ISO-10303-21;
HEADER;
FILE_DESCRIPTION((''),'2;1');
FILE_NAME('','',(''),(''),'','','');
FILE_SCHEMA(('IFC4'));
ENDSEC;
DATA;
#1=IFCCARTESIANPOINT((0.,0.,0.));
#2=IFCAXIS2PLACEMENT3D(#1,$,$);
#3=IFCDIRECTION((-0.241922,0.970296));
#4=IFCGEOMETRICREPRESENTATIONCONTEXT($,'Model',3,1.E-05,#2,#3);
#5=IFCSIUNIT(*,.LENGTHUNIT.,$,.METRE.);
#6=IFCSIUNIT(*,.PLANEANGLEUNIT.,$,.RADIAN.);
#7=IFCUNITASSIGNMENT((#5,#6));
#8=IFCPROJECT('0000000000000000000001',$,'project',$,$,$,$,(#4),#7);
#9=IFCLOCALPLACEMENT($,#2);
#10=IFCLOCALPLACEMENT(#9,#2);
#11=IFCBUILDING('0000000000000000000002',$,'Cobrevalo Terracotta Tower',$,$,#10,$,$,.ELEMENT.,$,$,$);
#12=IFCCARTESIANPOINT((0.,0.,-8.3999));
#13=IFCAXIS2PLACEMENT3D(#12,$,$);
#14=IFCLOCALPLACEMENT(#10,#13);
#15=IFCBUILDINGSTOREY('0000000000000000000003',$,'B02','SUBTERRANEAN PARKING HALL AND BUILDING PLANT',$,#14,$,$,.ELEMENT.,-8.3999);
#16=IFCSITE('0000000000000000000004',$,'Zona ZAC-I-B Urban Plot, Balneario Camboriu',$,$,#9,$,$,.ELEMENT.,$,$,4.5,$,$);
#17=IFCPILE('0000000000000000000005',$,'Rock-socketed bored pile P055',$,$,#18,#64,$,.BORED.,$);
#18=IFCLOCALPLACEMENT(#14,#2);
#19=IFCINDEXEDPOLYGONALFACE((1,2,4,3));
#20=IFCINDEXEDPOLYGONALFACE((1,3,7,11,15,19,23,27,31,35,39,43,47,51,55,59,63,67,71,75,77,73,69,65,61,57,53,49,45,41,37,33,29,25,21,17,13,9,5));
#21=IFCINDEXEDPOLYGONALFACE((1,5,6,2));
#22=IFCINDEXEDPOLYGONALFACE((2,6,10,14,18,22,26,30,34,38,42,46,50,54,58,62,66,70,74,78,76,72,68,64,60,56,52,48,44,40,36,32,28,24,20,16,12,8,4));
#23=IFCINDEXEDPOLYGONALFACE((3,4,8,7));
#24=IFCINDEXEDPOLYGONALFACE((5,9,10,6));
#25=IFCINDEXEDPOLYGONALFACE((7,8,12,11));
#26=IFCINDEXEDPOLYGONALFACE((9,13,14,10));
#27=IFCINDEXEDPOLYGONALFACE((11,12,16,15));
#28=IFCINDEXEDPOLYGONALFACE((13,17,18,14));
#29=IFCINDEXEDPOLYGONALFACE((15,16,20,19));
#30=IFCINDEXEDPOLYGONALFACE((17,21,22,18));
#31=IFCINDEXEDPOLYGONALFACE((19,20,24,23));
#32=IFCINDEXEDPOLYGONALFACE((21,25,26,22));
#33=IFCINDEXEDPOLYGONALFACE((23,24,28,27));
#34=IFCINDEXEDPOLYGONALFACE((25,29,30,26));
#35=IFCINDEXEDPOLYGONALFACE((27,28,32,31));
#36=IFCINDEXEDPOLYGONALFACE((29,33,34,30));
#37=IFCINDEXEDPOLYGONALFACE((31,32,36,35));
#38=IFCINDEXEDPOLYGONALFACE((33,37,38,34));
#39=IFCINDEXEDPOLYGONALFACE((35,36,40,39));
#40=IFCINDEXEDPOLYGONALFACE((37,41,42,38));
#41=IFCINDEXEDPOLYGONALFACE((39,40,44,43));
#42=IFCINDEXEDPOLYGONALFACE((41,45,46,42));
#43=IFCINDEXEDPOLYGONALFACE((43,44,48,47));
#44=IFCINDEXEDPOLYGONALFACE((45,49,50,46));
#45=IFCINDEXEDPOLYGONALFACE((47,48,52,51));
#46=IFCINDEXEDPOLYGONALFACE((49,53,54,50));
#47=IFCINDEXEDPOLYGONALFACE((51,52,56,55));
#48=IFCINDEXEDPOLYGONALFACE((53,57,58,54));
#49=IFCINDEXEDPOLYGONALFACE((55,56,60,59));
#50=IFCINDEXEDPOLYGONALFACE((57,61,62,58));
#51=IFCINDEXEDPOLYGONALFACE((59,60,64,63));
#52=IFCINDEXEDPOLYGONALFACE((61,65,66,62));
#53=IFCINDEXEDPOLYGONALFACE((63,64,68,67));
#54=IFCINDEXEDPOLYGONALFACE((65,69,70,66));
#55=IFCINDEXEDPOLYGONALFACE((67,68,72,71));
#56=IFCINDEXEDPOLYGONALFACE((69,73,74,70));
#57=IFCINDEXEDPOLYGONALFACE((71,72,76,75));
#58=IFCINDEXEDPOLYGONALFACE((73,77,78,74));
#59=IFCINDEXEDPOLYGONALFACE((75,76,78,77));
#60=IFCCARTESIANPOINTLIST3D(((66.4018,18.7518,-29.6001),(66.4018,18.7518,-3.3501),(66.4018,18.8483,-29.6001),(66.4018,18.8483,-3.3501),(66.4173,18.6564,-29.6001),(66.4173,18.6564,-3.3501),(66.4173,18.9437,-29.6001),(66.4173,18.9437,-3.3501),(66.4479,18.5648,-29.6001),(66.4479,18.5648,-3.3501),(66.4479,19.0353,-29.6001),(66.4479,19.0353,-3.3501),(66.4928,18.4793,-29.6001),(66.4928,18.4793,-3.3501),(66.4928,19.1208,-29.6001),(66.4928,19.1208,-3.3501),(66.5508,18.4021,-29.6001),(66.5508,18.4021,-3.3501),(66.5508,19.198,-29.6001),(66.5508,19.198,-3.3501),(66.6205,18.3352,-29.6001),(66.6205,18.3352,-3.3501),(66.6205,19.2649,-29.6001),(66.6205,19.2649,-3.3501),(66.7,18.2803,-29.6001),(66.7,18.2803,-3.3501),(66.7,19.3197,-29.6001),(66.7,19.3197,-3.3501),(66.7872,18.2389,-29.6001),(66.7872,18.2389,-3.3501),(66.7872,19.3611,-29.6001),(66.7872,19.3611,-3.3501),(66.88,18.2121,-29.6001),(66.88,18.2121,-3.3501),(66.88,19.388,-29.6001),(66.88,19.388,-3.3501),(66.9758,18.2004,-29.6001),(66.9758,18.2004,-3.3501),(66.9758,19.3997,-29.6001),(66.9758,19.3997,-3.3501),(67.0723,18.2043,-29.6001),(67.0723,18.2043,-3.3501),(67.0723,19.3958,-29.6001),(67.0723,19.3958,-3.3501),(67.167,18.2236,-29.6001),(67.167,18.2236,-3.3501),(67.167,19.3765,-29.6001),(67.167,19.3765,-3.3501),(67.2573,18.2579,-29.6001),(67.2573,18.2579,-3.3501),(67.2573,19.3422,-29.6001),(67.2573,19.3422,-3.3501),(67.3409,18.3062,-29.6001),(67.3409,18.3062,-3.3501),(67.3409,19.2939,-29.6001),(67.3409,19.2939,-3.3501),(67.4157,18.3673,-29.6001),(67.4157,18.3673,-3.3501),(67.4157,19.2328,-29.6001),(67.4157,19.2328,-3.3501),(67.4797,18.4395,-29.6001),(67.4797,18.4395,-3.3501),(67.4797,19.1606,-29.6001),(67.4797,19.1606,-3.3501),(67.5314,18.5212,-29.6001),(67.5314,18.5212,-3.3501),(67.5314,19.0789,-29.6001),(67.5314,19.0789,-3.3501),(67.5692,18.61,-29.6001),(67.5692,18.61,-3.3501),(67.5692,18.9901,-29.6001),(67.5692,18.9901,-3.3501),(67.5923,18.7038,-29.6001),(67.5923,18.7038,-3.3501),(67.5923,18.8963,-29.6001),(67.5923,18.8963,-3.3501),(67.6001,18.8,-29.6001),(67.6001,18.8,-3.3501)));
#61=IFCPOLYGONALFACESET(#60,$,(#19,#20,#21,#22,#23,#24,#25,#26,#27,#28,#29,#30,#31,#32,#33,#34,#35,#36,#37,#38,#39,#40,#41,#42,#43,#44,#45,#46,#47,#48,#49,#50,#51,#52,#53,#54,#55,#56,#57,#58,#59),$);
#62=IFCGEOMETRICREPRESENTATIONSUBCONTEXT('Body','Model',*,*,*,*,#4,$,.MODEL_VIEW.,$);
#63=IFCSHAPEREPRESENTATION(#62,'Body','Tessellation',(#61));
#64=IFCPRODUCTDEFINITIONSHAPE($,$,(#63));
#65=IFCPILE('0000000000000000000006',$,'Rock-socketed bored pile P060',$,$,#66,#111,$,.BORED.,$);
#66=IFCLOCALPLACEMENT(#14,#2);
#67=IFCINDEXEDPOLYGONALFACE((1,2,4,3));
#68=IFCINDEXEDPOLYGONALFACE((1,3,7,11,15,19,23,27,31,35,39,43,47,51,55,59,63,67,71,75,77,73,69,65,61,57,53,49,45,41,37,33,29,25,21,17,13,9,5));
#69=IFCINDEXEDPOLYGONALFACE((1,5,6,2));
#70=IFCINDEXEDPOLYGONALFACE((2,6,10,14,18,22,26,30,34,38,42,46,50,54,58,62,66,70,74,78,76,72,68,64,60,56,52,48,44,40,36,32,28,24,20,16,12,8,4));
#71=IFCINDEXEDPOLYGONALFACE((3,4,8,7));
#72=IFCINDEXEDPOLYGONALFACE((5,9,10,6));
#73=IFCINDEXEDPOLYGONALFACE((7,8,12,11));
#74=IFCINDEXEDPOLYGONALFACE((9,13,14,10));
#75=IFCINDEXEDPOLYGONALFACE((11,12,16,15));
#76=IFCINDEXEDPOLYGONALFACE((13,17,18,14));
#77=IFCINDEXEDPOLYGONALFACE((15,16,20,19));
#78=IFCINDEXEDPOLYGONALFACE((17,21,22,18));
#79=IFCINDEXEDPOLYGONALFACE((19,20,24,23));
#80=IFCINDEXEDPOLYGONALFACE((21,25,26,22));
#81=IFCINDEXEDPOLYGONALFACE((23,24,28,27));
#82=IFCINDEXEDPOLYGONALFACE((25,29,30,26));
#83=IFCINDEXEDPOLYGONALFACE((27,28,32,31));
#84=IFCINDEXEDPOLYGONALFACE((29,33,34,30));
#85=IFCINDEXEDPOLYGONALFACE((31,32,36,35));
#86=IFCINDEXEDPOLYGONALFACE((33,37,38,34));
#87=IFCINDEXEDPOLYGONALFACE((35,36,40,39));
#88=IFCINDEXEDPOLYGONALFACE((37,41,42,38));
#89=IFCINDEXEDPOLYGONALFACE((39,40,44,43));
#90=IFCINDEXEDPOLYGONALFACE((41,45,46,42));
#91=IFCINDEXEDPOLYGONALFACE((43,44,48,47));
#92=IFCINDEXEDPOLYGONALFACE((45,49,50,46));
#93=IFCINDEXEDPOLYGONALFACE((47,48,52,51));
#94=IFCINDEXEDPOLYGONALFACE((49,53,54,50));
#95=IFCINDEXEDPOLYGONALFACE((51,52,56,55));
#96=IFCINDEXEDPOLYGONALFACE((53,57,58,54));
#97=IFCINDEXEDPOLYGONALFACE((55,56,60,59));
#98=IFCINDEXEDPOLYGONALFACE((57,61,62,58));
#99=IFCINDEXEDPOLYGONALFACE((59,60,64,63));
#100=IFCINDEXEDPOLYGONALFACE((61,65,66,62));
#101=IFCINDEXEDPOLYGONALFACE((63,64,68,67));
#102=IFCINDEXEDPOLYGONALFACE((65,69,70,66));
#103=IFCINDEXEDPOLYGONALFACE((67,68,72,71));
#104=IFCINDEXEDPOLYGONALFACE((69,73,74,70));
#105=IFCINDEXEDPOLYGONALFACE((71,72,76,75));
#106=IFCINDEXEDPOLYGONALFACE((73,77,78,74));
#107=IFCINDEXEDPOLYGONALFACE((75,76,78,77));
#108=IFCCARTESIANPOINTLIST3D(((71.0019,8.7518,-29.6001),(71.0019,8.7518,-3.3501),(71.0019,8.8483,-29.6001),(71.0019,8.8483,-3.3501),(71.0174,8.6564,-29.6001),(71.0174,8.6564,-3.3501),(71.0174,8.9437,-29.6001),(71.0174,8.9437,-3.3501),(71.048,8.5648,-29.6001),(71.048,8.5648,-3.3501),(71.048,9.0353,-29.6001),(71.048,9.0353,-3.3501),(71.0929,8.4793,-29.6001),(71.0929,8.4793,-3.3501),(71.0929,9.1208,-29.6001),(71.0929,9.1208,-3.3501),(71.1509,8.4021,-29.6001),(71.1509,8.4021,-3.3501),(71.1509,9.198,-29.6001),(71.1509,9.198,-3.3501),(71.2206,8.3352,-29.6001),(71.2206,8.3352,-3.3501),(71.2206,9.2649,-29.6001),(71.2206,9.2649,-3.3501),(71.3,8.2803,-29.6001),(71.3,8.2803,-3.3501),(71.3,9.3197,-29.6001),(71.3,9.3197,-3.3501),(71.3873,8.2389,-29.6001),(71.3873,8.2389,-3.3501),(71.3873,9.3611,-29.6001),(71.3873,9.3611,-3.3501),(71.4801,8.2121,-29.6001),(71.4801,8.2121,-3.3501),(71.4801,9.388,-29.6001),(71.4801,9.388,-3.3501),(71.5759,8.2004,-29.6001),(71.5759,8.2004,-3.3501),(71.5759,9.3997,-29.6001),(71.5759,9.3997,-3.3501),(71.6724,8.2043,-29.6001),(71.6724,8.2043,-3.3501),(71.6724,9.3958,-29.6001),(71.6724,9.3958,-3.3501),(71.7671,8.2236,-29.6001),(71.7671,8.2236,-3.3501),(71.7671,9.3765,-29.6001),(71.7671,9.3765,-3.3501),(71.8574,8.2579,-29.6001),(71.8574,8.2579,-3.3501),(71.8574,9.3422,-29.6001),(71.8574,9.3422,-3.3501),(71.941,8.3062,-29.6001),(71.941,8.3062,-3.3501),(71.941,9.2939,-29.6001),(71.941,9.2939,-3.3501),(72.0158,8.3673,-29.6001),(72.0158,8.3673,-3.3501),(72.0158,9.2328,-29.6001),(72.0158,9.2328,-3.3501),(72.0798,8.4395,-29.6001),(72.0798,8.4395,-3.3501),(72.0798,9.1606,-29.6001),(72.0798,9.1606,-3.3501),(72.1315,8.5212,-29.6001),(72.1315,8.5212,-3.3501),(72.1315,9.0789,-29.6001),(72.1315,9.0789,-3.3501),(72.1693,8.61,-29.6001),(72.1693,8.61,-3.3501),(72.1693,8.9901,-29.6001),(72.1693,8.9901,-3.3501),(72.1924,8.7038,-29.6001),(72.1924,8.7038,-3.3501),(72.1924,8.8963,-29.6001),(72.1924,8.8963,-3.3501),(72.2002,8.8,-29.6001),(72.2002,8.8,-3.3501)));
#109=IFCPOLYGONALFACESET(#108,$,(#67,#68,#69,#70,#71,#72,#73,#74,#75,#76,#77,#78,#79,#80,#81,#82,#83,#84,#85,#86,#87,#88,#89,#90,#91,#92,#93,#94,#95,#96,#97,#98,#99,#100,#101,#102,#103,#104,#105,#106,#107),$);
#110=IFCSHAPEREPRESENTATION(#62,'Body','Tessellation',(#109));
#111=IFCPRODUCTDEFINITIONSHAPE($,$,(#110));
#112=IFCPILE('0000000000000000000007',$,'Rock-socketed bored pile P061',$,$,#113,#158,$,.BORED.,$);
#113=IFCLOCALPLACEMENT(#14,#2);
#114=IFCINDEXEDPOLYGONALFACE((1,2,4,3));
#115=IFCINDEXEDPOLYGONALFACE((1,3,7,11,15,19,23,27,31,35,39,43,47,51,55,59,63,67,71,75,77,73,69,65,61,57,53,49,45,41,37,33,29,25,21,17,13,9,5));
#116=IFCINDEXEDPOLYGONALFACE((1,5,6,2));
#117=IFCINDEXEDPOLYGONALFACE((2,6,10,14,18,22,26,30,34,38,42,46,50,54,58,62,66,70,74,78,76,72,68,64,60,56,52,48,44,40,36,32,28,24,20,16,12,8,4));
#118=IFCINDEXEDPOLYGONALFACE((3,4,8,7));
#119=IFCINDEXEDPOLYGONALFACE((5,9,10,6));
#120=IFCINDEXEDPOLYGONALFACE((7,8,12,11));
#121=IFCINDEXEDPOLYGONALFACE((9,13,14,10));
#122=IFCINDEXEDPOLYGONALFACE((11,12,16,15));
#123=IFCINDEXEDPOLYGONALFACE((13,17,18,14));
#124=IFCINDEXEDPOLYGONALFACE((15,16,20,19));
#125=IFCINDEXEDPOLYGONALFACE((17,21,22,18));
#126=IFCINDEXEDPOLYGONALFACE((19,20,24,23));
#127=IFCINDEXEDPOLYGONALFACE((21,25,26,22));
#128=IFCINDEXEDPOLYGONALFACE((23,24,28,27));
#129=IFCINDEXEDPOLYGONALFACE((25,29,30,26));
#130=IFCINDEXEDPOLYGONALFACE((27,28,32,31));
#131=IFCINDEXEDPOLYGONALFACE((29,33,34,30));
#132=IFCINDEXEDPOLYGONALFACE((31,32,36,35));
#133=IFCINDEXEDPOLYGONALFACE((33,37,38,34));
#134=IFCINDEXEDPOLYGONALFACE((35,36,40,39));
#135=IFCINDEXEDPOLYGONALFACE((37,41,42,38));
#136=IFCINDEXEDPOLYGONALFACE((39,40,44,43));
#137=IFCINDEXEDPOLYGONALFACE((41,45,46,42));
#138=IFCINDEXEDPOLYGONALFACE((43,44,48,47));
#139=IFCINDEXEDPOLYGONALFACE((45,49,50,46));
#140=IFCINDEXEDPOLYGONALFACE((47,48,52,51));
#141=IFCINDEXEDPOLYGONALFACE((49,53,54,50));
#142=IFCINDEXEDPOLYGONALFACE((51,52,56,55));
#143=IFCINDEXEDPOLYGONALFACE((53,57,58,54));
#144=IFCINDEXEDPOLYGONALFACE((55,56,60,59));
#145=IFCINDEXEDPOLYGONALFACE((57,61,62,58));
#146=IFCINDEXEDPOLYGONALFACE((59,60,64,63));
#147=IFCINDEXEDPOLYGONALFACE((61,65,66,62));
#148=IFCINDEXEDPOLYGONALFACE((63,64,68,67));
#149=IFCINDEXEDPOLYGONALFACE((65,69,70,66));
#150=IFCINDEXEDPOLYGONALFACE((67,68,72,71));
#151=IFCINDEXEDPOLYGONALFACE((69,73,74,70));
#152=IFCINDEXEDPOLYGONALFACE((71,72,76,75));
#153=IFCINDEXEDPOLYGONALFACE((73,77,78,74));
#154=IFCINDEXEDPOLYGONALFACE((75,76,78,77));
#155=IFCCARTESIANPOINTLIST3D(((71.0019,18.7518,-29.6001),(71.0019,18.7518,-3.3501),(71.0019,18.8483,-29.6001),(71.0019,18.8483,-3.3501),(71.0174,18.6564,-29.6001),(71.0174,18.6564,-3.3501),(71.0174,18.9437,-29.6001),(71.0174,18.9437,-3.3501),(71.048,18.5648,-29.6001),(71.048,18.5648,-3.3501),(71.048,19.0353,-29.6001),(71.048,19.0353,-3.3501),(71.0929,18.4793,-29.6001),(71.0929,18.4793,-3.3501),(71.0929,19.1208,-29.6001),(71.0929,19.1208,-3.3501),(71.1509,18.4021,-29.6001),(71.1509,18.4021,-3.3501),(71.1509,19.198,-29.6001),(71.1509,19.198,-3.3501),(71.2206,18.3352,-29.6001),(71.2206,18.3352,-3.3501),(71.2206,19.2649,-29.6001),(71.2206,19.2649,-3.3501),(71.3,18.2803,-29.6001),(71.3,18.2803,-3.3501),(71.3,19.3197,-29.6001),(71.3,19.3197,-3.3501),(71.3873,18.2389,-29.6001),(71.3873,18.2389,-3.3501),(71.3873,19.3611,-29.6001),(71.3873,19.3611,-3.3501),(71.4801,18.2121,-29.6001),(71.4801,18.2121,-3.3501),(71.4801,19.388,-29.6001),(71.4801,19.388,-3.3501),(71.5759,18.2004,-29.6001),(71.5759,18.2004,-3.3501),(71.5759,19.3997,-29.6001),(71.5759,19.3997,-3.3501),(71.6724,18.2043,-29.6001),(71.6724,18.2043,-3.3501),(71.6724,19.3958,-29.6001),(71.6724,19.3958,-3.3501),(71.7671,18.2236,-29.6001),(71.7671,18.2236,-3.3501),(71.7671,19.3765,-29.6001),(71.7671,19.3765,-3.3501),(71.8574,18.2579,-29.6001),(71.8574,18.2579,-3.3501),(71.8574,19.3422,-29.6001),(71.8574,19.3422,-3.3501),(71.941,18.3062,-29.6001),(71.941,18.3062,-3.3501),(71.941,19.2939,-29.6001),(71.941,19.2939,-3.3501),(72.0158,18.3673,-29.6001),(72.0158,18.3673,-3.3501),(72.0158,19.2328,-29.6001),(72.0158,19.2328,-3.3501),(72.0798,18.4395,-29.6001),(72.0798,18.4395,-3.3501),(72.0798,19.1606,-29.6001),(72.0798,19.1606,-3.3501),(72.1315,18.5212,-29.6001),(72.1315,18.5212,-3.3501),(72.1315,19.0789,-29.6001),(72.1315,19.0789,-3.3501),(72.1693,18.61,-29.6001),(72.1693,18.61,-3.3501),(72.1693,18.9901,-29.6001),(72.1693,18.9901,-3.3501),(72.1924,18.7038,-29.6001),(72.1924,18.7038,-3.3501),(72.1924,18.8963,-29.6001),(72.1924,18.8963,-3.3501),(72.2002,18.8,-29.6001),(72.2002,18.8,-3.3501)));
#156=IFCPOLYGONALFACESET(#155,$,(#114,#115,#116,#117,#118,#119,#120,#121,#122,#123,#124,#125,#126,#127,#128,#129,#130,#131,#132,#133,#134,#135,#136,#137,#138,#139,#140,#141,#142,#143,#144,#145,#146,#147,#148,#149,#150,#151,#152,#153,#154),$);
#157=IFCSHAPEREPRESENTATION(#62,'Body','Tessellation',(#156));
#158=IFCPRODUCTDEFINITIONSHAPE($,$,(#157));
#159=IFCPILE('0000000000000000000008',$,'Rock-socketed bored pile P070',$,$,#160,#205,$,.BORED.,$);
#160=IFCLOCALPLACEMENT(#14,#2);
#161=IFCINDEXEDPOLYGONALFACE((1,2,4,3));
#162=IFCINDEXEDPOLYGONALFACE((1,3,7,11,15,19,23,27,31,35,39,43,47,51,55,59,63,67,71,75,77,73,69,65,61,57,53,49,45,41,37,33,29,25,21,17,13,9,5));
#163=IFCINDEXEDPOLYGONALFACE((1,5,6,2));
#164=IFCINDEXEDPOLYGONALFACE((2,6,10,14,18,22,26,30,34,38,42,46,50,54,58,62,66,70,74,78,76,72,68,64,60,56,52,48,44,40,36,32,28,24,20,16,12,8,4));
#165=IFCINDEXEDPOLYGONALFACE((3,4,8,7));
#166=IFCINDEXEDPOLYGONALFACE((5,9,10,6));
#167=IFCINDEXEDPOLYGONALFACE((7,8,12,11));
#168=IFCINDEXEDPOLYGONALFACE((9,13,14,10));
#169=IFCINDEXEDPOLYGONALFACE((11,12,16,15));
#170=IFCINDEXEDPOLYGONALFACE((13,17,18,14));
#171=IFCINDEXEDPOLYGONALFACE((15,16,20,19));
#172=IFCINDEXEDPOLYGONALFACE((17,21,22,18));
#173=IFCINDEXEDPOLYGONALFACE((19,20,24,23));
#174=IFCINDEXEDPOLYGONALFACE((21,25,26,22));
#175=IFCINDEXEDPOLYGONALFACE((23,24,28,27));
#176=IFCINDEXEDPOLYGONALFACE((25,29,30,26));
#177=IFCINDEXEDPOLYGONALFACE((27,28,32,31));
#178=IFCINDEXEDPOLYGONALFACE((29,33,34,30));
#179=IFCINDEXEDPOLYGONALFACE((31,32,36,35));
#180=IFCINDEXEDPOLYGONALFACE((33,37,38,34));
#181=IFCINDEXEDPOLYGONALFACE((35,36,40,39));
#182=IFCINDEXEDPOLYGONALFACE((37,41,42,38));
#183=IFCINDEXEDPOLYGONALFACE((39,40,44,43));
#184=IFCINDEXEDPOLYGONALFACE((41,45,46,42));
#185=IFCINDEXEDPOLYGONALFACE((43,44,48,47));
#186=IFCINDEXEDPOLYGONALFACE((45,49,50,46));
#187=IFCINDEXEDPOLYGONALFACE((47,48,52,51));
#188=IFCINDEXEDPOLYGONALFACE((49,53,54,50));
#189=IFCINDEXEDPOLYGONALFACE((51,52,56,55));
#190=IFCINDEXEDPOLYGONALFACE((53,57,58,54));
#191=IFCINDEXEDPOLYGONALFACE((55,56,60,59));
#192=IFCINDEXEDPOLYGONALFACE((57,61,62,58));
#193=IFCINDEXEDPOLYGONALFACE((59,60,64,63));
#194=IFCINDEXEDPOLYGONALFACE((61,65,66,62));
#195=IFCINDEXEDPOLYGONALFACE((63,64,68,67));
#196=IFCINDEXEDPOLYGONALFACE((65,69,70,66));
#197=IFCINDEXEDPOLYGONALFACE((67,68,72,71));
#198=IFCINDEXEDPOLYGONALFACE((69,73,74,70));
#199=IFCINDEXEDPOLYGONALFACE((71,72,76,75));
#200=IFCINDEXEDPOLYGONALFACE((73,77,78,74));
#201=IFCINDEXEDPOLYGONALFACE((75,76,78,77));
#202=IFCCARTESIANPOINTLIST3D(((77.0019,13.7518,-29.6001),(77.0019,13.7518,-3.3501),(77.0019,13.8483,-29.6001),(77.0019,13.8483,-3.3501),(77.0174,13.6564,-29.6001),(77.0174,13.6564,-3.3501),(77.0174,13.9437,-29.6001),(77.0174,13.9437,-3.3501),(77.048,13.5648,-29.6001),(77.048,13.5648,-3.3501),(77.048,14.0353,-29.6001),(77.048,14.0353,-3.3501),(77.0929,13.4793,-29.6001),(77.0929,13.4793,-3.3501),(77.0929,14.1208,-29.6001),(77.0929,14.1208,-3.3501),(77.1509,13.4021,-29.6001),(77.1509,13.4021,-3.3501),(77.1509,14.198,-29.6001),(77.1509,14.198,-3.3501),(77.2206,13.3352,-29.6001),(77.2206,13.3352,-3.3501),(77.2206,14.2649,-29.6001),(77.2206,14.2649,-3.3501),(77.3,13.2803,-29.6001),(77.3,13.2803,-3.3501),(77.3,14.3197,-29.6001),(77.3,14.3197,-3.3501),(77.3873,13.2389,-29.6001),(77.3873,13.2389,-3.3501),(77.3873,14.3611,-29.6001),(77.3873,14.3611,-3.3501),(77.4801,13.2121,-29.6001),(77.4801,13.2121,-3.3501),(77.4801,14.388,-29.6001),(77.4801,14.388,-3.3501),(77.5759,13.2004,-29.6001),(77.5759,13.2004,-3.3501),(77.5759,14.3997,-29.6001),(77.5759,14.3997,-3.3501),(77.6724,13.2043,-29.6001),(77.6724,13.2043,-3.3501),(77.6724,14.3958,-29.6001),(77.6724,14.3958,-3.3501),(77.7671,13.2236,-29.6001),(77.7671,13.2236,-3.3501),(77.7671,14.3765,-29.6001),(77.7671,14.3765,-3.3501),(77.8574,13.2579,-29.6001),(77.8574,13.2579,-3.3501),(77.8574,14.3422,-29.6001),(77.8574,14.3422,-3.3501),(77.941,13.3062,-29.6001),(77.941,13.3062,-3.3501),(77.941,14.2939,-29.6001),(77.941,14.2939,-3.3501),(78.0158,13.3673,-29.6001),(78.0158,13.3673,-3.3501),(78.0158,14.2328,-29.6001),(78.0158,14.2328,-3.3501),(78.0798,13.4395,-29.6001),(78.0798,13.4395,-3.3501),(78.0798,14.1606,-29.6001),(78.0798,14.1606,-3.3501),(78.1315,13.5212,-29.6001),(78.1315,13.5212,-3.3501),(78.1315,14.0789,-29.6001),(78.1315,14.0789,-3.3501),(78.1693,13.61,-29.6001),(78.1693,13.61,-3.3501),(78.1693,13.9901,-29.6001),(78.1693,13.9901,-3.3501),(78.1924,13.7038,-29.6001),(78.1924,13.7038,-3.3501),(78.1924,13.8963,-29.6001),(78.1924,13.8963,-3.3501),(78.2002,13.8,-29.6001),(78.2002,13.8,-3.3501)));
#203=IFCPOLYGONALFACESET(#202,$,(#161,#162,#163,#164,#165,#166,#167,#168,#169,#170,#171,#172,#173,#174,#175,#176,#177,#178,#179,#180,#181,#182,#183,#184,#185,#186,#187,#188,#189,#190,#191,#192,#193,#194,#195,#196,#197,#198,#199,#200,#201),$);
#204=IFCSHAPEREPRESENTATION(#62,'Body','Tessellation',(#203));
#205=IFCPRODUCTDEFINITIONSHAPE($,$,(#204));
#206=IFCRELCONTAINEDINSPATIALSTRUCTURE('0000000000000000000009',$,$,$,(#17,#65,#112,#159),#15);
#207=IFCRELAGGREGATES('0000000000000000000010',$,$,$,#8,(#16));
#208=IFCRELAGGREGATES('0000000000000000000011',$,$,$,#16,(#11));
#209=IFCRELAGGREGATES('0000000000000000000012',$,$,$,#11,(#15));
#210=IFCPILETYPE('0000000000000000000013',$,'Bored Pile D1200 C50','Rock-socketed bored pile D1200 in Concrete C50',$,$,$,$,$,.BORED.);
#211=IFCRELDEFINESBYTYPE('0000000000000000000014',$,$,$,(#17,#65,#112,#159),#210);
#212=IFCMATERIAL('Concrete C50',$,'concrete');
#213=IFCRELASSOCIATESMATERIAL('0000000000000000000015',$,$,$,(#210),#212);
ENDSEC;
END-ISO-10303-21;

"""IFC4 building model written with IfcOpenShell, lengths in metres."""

from ifc_helpers import new_model, si_unit, direction, frame, origin, origin_2d, place, context, subcontext, project, spatial, circle, extrude, material, material_profile, profile_set, type_object, element, save


model = new_model("IFC4")

# Units and contexts
model_context = context("Model", 3, precision=1e-05, world=origin(), true_north=direction((-0.241922, 0.970296)))
body_context = subcontext(model_context, "Body", "Model", "MODEL_VIEW")
ifc_project = project(units=[si_unit("LENGTHUNIT", "METRE"), si_unit("PLANEANGLEUNIT", "RADIAN")], contexts=[model_context])

# Site, building, storey
site_placement = place(None, origin())
site = spatial("IfcSite", under=ifc_project, at=site_placement, Name="Zona ZAC-I-B Urban Plot, Balneario Camboriu", CompositionType="ELEMENT", RefElevation=4.5)
building_placement = place(site_placement, origin())
building = spatial("IfcBuilding", under=site, at=building_placement, Name="Cobrevalo Terracotta Tower", CompositionType="ELEMENT")
storey_placement = place(building_placement, frame((0.0, 0.0, -8.3999)))
storey = spatial("IfcBuildingStorey", under=building, at=storey_placement, Name="B02", Description="SUBTERRANEAN PARKING HALL AND BUILDING PLANT", CompositionType="ELEMENT", Elevation=-8.3999)

# Piles
ifc_material_1 = material(Name="Concrete C50", Category="concrete")
ifc_material_profile_1 = material_profile(ifc_material_1, circle(Radius=0.6001, at=origin_2d()), Name="PILE D1200")
ifc_profile_set_1 = profile_set([ifc_material_profile_1], Name="Concrete C50")
pile_type_1 = type_object("IfcPileType", Name="Bored Pile D1200 C50", Description="Rock-socketed bored pile D1200 in Concrete C50", PredefinedType="BORED", material=ifc_profile_set_1)
for number, where, z_axis, x_axis, name in (
    (1, (67.0, 18.8, -3.3501), (0.0, 0.0, -1.0), (1.0, 0.0, 0.0), "Rock-socketed bored pile P055"),
    (2, (71.6001, 8.8, -3.3501), (0.0, 0.0, -1.0), (1.0, 0.0, 0.0), "Rock-socketed bored pile P060"),
    (3, (71.6001, 18.8, -3.3501), (0.0, 0.0, -1.0), (1.0, 0.0, 0.0), "Rock-socketed bored pile P061"),
    (4, (77.6001, 13.8, -3.3501), (0.0, 0.0, -1.0), (1.0, 0.0, 0.0), "Rock-socketed bored pile P070"),
):
    element("IfcPile", number, at=place(storey_placement, frame(where, z_axis=z_axis, x_axis=x_axis)), inside=storey, type_object=pile_type_1, Name=name, PredefinedType="BORED", context=body_context, shape_type="SweptSolid", body=[
        extrude(circle(Radius=0.6001, at=origin_2d()), origin(), (0.0, 0.0, 1.0), 26.25),
    ])

save(model, "model.ifc")
